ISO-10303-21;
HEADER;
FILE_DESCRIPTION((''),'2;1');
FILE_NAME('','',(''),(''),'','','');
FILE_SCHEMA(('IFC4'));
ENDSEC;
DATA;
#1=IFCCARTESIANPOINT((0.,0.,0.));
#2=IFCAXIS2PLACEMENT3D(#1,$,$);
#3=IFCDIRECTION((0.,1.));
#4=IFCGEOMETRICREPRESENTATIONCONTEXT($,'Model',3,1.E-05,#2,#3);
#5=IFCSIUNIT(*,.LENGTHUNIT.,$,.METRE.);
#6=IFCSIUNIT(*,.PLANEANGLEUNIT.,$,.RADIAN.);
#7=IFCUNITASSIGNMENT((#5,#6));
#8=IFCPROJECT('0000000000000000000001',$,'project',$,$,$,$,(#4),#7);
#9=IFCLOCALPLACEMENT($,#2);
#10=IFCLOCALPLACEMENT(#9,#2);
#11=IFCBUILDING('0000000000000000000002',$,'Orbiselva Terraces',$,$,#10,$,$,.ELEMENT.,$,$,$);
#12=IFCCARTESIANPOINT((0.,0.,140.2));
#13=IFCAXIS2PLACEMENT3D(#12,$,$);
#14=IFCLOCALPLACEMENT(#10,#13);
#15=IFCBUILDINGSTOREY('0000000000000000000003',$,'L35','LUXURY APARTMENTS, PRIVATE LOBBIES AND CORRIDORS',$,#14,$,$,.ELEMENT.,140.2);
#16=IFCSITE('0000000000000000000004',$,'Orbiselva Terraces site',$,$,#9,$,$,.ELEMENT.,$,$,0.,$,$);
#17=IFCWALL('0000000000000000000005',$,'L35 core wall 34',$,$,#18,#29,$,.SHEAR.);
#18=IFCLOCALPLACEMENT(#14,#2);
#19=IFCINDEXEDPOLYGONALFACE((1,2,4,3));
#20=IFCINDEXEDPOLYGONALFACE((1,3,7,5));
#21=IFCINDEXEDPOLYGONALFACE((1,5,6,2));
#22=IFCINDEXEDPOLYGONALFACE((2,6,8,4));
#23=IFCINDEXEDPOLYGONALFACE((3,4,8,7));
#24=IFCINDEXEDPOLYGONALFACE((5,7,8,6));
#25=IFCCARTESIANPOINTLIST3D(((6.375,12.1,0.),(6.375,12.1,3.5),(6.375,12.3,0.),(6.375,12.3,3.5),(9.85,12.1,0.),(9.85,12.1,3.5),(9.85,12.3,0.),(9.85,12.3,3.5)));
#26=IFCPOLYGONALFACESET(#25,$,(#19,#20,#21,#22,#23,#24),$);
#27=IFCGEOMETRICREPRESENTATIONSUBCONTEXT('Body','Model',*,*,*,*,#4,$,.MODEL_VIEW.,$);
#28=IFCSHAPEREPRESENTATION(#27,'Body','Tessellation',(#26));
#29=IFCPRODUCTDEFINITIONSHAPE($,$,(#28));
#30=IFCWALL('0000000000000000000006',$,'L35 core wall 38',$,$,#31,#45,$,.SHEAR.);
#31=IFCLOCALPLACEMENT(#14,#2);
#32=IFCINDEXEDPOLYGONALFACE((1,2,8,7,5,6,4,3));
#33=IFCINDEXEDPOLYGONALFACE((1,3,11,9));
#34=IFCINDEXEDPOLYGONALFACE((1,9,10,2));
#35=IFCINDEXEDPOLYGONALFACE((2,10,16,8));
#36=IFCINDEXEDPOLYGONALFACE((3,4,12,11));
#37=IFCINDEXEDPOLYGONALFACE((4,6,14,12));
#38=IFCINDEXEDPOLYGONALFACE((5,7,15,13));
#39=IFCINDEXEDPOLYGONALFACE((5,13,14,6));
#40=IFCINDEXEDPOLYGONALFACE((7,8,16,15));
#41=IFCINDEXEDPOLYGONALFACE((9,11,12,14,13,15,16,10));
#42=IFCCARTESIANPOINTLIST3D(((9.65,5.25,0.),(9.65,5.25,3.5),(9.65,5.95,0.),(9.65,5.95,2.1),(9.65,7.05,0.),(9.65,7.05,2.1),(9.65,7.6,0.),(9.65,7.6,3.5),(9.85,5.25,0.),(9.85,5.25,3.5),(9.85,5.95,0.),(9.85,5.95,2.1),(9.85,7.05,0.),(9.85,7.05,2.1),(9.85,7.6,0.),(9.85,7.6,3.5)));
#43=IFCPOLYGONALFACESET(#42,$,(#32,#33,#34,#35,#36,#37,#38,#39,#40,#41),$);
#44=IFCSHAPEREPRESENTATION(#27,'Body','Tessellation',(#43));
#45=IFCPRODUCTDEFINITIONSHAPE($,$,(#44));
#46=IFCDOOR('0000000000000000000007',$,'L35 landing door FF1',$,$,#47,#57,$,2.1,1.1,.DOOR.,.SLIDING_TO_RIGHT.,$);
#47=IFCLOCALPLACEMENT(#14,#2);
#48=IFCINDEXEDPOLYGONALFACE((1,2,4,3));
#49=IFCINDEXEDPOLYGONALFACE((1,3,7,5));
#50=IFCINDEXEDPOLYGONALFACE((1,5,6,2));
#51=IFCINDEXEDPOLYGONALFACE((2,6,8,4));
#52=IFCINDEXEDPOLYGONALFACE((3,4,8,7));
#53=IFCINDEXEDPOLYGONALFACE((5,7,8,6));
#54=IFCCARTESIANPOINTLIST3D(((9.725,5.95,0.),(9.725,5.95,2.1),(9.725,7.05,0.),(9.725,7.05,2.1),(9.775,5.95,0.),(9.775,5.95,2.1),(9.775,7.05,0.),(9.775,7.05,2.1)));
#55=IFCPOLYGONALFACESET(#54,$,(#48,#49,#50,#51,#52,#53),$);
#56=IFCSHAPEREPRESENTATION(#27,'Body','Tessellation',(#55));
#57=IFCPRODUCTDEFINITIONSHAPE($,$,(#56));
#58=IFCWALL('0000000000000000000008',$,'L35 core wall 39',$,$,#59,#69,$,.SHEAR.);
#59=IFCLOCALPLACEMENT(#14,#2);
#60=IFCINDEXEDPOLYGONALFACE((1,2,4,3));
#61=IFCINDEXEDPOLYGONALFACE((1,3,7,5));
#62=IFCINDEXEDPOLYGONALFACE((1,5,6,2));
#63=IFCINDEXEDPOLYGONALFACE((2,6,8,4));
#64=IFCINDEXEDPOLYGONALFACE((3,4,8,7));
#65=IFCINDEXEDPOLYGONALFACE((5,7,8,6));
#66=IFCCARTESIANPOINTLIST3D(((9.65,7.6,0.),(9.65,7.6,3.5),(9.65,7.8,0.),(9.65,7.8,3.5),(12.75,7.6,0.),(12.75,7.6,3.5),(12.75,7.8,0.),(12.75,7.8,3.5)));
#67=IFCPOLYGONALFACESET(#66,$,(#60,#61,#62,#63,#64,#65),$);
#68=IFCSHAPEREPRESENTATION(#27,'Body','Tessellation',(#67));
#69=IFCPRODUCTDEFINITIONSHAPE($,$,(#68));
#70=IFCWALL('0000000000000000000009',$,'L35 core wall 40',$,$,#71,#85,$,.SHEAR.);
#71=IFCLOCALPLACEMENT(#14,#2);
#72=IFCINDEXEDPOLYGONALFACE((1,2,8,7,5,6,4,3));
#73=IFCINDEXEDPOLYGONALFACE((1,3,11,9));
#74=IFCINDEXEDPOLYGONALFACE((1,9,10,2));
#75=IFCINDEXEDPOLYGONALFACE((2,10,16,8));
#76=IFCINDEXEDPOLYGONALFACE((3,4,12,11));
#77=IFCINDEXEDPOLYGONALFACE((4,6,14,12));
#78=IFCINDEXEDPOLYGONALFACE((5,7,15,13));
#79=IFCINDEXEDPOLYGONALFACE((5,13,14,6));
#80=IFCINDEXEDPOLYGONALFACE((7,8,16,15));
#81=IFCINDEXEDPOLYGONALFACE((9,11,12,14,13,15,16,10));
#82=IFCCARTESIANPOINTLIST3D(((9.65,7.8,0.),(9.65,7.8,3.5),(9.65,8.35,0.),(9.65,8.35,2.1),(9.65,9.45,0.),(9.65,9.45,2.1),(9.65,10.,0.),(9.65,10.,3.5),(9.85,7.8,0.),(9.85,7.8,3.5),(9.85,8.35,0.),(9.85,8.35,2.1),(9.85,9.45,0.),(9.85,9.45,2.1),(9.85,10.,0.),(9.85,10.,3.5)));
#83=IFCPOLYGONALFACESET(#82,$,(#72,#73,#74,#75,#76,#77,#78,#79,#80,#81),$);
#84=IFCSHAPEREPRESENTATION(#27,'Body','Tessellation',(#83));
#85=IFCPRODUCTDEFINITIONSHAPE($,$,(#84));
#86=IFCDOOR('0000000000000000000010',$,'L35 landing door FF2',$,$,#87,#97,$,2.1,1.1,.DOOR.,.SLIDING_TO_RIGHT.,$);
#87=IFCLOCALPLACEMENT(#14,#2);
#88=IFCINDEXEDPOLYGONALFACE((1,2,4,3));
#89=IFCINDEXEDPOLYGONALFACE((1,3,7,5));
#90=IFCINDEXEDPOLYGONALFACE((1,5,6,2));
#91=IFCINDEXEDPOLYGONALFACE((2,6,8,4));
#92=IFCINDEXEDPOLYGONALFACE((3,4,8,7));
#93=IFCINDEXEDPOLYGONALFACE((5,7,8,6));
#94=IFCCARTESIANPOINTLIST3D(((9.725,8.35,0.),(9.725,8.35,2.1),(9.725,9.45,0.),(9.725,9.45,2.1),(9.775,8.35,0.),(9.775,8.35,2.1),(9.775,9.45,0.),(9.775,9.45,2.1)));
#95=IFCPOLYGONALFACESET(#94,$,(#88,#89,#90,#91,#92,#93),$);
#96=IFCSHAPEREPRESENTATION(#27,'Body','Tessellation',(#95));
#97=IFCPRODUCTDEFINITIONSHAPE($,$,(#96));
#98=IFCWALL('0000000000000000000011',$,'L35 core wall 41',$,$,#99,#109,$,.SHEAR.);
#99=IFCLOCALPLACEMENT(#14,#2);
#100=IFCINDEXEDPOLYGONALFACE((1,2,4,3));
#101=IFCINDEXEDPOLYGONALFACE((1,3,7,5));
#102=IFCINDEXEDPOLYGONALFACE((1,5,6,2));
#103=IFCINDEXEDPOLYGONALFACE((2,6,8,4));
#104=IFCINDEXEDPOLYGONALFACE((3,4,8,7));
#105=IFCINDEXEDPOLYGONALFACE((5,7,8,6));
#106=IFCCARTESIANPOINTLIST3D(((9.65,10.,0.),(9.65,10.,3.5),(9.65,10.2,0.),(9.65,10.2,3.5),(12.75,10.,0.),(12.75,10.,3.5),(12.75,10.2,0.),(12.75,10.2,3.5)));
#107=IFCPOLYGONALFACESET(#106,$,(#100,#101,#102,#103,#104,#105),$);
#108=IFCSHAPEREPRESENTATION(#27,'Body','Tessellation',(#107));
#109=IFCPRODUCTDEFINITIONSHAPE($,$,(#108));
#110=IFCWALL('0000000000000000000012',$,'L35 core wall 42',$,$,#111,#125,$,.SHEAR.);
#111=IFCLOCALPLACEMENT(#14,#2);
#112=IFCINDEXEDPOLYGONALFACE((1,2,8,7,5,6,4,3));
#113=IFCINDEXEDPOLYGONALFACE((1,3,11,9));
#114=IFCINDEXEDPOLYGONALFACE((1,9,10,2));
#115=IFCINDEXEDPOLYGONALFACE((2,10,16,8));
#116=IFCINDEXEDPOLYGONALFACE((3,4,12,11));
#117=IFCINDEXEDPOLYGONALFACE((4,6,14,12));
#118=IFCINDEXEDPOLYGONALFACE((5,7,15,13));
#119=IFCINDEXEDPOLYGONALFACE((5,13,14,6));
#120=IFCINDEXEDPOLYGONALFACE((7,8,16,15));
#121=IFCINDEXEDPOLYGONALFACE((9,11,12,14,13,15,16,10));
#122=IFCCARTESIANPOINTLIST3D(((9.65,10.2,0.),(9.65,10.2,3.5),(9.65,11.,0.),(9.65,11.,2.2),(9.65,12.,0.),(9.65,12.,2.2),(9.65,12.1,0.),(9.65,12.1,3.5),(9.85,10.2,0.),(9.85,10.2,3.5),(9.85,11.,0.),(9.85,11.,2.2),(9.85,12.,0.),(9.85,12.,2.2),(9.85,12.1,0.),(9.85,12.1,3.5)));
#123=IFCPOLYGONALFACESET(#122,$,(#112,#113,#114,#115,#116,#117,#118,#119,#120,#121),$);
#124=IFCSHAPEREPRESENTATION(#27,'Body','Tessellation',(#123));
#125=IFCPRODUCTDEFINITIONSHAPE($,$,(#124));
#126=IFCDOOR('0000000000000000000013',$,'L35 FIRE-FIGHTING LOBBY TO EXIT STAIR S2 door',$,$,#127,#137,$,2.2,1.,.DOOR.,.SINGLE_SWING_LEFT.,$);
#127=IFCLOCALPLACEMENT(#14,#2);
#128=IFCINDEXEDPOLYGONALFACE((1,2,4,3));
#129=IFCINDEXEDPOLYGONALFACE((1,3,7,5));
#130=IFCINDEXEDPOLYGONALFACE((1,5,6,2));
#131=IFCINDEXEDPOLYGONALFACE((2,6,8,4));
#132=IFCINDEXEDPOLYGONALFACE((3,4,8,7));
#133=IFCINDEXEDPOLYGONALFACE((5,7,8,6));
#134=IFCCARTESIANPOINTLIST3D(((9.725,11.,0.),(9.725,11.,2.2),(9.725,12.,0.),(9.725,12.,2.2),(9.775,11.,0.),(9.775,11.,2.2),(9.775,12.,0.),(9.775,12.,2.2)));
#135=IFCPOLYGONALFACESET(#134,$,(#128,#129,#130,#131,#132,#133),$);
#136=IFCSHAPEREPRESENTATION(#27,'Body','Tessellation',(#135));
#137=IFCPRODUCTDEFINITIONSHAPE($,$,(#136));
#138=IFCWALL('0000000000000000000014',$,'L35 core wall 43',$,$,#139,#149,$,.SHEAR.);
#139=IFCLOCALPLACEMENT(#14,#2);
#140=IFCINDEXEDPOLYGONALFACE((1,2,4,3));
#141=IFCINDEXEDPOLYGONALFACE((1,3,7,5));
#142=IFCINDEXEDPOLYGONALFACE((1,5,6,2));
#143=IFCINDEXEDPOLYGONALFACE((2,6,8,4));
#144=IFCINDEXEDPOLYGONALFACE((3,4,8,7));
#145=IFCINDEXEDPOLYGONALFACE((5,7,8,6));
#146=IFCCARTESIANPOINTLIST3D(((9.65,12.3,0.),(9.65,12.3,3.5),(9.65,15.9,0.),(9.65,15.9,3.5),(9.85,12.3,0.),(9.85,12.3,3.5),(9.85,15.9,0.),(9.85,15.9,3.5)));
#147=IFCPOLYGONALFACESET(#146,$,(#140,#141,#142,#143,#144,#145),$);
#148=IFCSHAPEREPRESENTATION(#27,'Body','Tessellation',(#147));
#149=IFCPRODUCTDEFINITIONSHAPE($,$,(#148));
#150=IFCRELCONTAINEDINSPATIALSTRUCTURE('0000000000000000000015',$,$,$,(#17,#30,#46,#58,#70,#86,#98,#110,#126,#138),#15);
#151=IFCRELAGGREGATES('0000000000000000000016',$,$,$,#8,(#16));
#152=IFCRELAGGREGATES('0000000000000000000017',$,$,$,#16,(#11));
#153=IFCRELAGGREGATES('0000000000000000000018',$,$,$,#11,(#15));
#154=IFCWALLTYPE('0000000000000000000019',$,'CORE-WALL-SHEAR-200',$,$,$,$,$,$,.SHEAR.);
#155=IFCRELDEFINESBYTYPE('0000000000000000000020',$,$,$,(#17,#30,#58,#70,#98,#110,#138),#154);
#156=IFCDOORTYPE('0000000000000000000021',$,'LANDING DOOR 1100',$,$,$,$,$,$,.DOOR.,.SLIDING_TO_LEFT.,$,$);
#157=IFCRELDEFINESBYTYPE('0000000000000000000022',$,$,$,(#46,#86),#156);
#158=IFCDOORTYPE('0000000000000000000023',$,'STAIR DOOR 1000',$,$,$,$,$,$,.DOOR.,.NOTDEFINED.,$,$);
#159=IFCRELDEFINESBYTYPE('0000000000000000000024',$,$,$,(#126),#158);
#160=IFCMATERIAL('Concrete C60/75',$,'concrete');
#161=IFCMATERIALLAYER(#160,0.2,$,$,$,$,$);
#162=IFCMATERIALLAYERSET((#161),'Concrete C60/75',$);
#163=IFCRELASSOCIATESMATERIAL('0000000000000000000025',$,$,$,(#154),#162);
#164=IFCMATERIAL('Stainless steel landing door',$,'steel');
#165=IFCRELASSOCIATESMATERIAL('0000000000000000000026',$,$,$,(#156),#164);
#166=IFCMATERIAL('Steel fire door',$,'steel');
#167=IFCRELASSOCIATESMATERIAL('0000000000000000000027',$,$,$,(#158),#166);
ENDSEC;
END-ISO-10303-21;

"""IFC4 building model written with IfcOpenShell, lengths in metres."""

from ifc_helpers import new_model, si_unit, direction, frame, frame_2d, origin, place, context, subcontext, project, spatial, rectangle, extrude, material, layer, layer_set, type_object, element, fill, save


model = new_model("IFC4")

# Units and contexts
model_context = context("Model", 3, precision=1e-05, world=origin(), true_north=direction((0.0, 1.0)))
body_context = subcontext(model_context, "Body", "Model", "MODEL_VIEW")
ifc_project = project(units=[si_unit("LENGTHUNIT", "METRE"), si_unit("PLANEANGLEUNIT", "RADIAN")], contexts=[model_context])

# Site, building, storey
site_placement = place(None, origin())
site = spatial("IfcSite", under=ifc_project, at=site_placement, Name="Orbiselva Terraces site", CompositionType="ELEMENT", RefElevation=0.0)
building_placement = place(site_placement, origin())
building = spatial("IfcBuilding", under=site, at=building_placement, Name="Orbiselva Terraces", CompositionType="ELEMENT")
storey_placement = place(building_placement, frame((0.0, 0.0, 140.2)))
storey = spatial("IfcBuildingStorey", under=building, at=storey_placement, Name="L35", Description="LUXURY APARTMENTS, PRIVATE LOBBIES AND CORRIDORS", CompositionType="ELEMENT", Elevation=140.2)

# Shared definitions
ifc_material_1 = material(Name="Steel fire door", Category="steel")

# Shared definitions
ifc_material_2 = material(Name="Concrete C60/75", Category="concrete")
ifc_layer_1 = layer(ifc_material_2, 0.2)
ifc_layer_set_1 = layer_set([ifc_layer_1], Name="Concrete C60/75")
wall_type_1 = type_object("IfcWallType", Name="CORE-WALL-SHEAR-200", PredefinedType="SHEAR", material=ifc_layer_set_1)

# Wall
wall_1_placement = place(storey_placement, frame((6.375, 12.2, 0.0), z_axis=(0.0, 0.0, 1.0), x_axis=(1.0, 0.0, 0.0)))
element("IfcWall", 1, at=wall_1_placement, inside=storey, type_object=wall_type_1, Name="L35 core wall 34", PredefinedType="SHEAR", context=body_context, shape_type="SweptSolid", body=[
    extrude(rectangle(XDim=3.475, YDim=0.2, at=frame_2d((1.7375, 0.0))), origin(), (0.0, 0.0, 1.0), 3.5),
])

# Wall, opening, door
wall_2_placement = place(storey_placement, frame((9.75, 5.25, 0.0), z_axis=(0.0, 0.0, 1.0), x_axis=(0.0, 1.0, 0.0)))
wall_2 = element("IfcWall", 2, at=wall_2_placement, inside=storey, type_object=wall_type_1, Name="L35 core wall 38", PredefinedType="SHEAR", context=body_context, shape_type="SweptSolid", body=[
    extrude(rectangle(XDim=2.35, YDim=0.2, at=frame_2d((1.175, 0.0))), origin(), (0.0, 0.0, 1.0), 3.5),
])
opening_1_placement = place(wall_2_placement, frame((0.7, 0.0, 0.0)))
opening_1 = element("IfcOpeningElement", 3, at=opening_1_placement, cuts=wall_2, PredefinedType="OPENING", context=body_context, shape_type="SweptSolid", body=[
    extrude(rectangle(XDim=1.1, YDim=2.1, at=frame_2d((0.55, 1.05))), frame((0.0, 0.11, 0.0), z_axis=(0.0, -1.0, 0.0), x_axis=(1.0, 0.0, 0.0)), (0.0, 0.0, 1.0), 0.22),
])
ifc_material_3 = material(Name="Stainless steel landing door", Category="steel")
door_type_1 = type_object("IfcDoorType", Name="LANDING DOOR 1100", OperationType="SLIDING_TO_LEFT", PredefinedType="DOOR", material=ifc_material_3)
door_1_placement = place(opening_1_placement, origin())
door_1 = element("IfcDoor", 4, at=door_1_placement, inside=storey, type_object=door_type_1, Name="L35 landing door FF1", OperationType="SLIDING_TO_RIGHT", OverallHeight=2.1, OverallWidth=1.1, PredefinedType="DOOR", context=body_context, shape_type="SweptSolid", body=[
    extrude(rectangle(XDim=1.1, YDim=2.1, at=frame_2d((0.55, 1.05))), frame((0.0, 0.025, 0.0), z_axis=(0.0, -1.0, 0.0), x_axis=(1.0, 0.0, 0.0)), (0.0, 0.0, 1.0), 0.05),
])
fill(opening_1, door_1)

# Wall
wall_3_placement = place(storey_placement, frame((9.65, 7.7, 0.0), z_axis=(0.0, 0.0, 1.0), x_axis=(1.0, 0.0, 0.0)))
element("IfcWall", 5, at=wall_3_placement, inside=storey, type_object=wall_type_1, Name="L35 core wall 39", PredefinedType="SHEAR", context=body_context, shape_type="SweptSolid", body=[
    extrude(rectangle(XDim=3.1, YDim=0.2, at=frame_2d((1.55, 0.0))), origin(), (0.0, 0.0, 1.0), 3.5),
])

# Wall, opening, door
wall_4_placement = place(storey_placement, frame((9.75, 7.8, 0.0), z_axis=(0.0, 0.0, 1.0), x_axis=(0.0, 1.0, 0.0)))
wall_4 = element("IfcWall", 6, at=wall_4_placement, inside=storey, type_object=wall_type_1, Name="L35 core wall 40", PredefinedType="SHEAR", context=body_context, shape_type="SweptSolid", body=[
    extrude(rectangle(XDim=2.2, YDim=0.2, at=frame_2d((1.1, 0.0))), origin(), (0.0, 0.0, 1.0), 3.5),
])
opening_2_placement = place(wall_4_placement, frame((0.55, 0.0, 0.0)))
opening_2 = element("IfcOpeningElement", 7, at=opening_2_placement, cuts=wall_4, PredefinedType="OPENING", context=body_context, shape_type="SweptSolid", body=[
    extrude(rectangle(XDim=1.1, YDim=2.1, at=frame_2d((0.55, 1.05))), frame((0.0, 0.11, 0.0), z_axis=(0.0, -1.0, 0.0), x_axis=(1.0, 0.0, 0.0)), (0.0, 0.0, 1.0), 0.22),
])
door_2_placement = place(opening_2_placement, origin())
door_2 = element("IfcDoor", 8, at=door_2_placement, inside=storey, type_object=door_type_1, Name="L35 landing door FF2", OperationType="SLIDING_TO_RIGHT", OverallHeight=2.1, OverallWidth=1.1, PredefinedType="DOOR", context=body_context, shape_type="SweptSolid", body=[
    extrude(rectangle(XDim=1.1, YDim=2.1, at=frame_2d((0.55, 1.05))), frame((0.0, 0.025, 0.0), z_axis=(0.0, -1.0, 0.0), x_axis=(1.0, 0.0, 0.0)), (0.0, 0.0, 1.0), 0.05),
])
fill(opening_2, door_2)

# Wall
wall_5_placement = place(storey_placement, frame((9.65, 10.1, 0.0), z_axis=(0.0, 0.0, 1.0), x_axis=(1.0, 0.0, 0.0)))
element("IfcWall", 9, at=wall_5_placement, inside=storey, type_object=wall_type_1, Name="L35 core wall 41", PredefinedType="SHEAR", context=body_context, shape_type="SweptSolid", body=[
    extrude(rectangle(XDim=3.1, YDim=0.2, at=frame_2d((1.55, 0.0))), origin(), (0.0, 0.0, 1.0), 3.5),
])

# Wall, opening, door
wall_6_placement = place(storey_placement, frame((9.75, 12.1, 0.0), z_axis=(0.0, 0.0, 1.0), x_axis=(0.0, -1.0, 0.0)))
wall_6 = element("IfcWall", 10, at=wall_6_placement, inside=storey, type_object=wall_type_1, Name="L35 core wall 42", PredefinedType="SHEAR", context=body_context, shape_type="SweptSolid", body=[
    extrude(rectangle(XDim=1.9, YDim=0.2, at=frame_2d((0.95, 0.0))), origin(), (0.0, 0.0, 1.0), 3.5),
])
opening_3_placement = place(wall_6_placement, frame((0.1, 0.0, 0.0)))
opening_3 = element("IfcOpeningElement", 11, at=opening_3_placement, cuts=wall_6, PredefinedType="OPENING", context=body_context, shape_type="SweptSolid", body=[
    extrude(rectangle(XDim=1.0, YDim=2.2, at=frame_2d((0.5, 1.1))), frame((0.0, 0.11, 0.0), z_axis=(0.0, -1.0, 0.0), x_axis=(1.0, 0.0, 0.0)), (0.0, 0.0, 1.0), 0.22),
])
door_type_2 = type_object("IfcDoorType", Name="STAIR DOOR 1000", OperationType="NOTDEFINED", PredefinedType="DOOR", material=ifc_material_1)
door_3_placement = place(opening_3_placement, origin())
door_3 = element("IfcDoor", 12, at=door_3_placement, inside=storey, type_object=door_type_2, Name="L35 FIRE-FIGHTING LOBBY TO EXIT STAIR S2 door", OperationType="SINGLE_SWING_LEFT", OverallHeight=2.2, OverallWidth=1.0, PredefinedType="DOOR", context=body_context, shape_type="SweptSolid", body=[
    extrude(rectangle(XDim=1.0, YDim=2.2, at=frame_2d((0.5, 1.1))), frame((0.0, 0.025, 0.0), z_axis=(0.0, -1.0, 0.0), x_axis=(1.0, 0.0, 0.0)), (0.0, 0.0, 1.0), 0.05),
])
fill(opening_3, door_3)

# Wall
wall_7_placement = place(storey_placement, frame((9.75, 12.3, 0.0), z_axis=(0.0, 0.0, 1.0), x_axis=(0.0, 1.0, 0.0)))
element("IfcWall", 13, at=wall_7_placement, inside=storey, type_object=wall_type_1, Name="L35 core wall 43", PredefinedType="SHEAR", context=body_context, shape_type="SweptSolid", body=[
    extrude(rectangle(XDim=3.6, YDim=0.2, at=frame_2d((1.8, 0.0))), origin(), (0.0, 0.0, 1.0), 3.5),
])

save(model, "model.ifc")
